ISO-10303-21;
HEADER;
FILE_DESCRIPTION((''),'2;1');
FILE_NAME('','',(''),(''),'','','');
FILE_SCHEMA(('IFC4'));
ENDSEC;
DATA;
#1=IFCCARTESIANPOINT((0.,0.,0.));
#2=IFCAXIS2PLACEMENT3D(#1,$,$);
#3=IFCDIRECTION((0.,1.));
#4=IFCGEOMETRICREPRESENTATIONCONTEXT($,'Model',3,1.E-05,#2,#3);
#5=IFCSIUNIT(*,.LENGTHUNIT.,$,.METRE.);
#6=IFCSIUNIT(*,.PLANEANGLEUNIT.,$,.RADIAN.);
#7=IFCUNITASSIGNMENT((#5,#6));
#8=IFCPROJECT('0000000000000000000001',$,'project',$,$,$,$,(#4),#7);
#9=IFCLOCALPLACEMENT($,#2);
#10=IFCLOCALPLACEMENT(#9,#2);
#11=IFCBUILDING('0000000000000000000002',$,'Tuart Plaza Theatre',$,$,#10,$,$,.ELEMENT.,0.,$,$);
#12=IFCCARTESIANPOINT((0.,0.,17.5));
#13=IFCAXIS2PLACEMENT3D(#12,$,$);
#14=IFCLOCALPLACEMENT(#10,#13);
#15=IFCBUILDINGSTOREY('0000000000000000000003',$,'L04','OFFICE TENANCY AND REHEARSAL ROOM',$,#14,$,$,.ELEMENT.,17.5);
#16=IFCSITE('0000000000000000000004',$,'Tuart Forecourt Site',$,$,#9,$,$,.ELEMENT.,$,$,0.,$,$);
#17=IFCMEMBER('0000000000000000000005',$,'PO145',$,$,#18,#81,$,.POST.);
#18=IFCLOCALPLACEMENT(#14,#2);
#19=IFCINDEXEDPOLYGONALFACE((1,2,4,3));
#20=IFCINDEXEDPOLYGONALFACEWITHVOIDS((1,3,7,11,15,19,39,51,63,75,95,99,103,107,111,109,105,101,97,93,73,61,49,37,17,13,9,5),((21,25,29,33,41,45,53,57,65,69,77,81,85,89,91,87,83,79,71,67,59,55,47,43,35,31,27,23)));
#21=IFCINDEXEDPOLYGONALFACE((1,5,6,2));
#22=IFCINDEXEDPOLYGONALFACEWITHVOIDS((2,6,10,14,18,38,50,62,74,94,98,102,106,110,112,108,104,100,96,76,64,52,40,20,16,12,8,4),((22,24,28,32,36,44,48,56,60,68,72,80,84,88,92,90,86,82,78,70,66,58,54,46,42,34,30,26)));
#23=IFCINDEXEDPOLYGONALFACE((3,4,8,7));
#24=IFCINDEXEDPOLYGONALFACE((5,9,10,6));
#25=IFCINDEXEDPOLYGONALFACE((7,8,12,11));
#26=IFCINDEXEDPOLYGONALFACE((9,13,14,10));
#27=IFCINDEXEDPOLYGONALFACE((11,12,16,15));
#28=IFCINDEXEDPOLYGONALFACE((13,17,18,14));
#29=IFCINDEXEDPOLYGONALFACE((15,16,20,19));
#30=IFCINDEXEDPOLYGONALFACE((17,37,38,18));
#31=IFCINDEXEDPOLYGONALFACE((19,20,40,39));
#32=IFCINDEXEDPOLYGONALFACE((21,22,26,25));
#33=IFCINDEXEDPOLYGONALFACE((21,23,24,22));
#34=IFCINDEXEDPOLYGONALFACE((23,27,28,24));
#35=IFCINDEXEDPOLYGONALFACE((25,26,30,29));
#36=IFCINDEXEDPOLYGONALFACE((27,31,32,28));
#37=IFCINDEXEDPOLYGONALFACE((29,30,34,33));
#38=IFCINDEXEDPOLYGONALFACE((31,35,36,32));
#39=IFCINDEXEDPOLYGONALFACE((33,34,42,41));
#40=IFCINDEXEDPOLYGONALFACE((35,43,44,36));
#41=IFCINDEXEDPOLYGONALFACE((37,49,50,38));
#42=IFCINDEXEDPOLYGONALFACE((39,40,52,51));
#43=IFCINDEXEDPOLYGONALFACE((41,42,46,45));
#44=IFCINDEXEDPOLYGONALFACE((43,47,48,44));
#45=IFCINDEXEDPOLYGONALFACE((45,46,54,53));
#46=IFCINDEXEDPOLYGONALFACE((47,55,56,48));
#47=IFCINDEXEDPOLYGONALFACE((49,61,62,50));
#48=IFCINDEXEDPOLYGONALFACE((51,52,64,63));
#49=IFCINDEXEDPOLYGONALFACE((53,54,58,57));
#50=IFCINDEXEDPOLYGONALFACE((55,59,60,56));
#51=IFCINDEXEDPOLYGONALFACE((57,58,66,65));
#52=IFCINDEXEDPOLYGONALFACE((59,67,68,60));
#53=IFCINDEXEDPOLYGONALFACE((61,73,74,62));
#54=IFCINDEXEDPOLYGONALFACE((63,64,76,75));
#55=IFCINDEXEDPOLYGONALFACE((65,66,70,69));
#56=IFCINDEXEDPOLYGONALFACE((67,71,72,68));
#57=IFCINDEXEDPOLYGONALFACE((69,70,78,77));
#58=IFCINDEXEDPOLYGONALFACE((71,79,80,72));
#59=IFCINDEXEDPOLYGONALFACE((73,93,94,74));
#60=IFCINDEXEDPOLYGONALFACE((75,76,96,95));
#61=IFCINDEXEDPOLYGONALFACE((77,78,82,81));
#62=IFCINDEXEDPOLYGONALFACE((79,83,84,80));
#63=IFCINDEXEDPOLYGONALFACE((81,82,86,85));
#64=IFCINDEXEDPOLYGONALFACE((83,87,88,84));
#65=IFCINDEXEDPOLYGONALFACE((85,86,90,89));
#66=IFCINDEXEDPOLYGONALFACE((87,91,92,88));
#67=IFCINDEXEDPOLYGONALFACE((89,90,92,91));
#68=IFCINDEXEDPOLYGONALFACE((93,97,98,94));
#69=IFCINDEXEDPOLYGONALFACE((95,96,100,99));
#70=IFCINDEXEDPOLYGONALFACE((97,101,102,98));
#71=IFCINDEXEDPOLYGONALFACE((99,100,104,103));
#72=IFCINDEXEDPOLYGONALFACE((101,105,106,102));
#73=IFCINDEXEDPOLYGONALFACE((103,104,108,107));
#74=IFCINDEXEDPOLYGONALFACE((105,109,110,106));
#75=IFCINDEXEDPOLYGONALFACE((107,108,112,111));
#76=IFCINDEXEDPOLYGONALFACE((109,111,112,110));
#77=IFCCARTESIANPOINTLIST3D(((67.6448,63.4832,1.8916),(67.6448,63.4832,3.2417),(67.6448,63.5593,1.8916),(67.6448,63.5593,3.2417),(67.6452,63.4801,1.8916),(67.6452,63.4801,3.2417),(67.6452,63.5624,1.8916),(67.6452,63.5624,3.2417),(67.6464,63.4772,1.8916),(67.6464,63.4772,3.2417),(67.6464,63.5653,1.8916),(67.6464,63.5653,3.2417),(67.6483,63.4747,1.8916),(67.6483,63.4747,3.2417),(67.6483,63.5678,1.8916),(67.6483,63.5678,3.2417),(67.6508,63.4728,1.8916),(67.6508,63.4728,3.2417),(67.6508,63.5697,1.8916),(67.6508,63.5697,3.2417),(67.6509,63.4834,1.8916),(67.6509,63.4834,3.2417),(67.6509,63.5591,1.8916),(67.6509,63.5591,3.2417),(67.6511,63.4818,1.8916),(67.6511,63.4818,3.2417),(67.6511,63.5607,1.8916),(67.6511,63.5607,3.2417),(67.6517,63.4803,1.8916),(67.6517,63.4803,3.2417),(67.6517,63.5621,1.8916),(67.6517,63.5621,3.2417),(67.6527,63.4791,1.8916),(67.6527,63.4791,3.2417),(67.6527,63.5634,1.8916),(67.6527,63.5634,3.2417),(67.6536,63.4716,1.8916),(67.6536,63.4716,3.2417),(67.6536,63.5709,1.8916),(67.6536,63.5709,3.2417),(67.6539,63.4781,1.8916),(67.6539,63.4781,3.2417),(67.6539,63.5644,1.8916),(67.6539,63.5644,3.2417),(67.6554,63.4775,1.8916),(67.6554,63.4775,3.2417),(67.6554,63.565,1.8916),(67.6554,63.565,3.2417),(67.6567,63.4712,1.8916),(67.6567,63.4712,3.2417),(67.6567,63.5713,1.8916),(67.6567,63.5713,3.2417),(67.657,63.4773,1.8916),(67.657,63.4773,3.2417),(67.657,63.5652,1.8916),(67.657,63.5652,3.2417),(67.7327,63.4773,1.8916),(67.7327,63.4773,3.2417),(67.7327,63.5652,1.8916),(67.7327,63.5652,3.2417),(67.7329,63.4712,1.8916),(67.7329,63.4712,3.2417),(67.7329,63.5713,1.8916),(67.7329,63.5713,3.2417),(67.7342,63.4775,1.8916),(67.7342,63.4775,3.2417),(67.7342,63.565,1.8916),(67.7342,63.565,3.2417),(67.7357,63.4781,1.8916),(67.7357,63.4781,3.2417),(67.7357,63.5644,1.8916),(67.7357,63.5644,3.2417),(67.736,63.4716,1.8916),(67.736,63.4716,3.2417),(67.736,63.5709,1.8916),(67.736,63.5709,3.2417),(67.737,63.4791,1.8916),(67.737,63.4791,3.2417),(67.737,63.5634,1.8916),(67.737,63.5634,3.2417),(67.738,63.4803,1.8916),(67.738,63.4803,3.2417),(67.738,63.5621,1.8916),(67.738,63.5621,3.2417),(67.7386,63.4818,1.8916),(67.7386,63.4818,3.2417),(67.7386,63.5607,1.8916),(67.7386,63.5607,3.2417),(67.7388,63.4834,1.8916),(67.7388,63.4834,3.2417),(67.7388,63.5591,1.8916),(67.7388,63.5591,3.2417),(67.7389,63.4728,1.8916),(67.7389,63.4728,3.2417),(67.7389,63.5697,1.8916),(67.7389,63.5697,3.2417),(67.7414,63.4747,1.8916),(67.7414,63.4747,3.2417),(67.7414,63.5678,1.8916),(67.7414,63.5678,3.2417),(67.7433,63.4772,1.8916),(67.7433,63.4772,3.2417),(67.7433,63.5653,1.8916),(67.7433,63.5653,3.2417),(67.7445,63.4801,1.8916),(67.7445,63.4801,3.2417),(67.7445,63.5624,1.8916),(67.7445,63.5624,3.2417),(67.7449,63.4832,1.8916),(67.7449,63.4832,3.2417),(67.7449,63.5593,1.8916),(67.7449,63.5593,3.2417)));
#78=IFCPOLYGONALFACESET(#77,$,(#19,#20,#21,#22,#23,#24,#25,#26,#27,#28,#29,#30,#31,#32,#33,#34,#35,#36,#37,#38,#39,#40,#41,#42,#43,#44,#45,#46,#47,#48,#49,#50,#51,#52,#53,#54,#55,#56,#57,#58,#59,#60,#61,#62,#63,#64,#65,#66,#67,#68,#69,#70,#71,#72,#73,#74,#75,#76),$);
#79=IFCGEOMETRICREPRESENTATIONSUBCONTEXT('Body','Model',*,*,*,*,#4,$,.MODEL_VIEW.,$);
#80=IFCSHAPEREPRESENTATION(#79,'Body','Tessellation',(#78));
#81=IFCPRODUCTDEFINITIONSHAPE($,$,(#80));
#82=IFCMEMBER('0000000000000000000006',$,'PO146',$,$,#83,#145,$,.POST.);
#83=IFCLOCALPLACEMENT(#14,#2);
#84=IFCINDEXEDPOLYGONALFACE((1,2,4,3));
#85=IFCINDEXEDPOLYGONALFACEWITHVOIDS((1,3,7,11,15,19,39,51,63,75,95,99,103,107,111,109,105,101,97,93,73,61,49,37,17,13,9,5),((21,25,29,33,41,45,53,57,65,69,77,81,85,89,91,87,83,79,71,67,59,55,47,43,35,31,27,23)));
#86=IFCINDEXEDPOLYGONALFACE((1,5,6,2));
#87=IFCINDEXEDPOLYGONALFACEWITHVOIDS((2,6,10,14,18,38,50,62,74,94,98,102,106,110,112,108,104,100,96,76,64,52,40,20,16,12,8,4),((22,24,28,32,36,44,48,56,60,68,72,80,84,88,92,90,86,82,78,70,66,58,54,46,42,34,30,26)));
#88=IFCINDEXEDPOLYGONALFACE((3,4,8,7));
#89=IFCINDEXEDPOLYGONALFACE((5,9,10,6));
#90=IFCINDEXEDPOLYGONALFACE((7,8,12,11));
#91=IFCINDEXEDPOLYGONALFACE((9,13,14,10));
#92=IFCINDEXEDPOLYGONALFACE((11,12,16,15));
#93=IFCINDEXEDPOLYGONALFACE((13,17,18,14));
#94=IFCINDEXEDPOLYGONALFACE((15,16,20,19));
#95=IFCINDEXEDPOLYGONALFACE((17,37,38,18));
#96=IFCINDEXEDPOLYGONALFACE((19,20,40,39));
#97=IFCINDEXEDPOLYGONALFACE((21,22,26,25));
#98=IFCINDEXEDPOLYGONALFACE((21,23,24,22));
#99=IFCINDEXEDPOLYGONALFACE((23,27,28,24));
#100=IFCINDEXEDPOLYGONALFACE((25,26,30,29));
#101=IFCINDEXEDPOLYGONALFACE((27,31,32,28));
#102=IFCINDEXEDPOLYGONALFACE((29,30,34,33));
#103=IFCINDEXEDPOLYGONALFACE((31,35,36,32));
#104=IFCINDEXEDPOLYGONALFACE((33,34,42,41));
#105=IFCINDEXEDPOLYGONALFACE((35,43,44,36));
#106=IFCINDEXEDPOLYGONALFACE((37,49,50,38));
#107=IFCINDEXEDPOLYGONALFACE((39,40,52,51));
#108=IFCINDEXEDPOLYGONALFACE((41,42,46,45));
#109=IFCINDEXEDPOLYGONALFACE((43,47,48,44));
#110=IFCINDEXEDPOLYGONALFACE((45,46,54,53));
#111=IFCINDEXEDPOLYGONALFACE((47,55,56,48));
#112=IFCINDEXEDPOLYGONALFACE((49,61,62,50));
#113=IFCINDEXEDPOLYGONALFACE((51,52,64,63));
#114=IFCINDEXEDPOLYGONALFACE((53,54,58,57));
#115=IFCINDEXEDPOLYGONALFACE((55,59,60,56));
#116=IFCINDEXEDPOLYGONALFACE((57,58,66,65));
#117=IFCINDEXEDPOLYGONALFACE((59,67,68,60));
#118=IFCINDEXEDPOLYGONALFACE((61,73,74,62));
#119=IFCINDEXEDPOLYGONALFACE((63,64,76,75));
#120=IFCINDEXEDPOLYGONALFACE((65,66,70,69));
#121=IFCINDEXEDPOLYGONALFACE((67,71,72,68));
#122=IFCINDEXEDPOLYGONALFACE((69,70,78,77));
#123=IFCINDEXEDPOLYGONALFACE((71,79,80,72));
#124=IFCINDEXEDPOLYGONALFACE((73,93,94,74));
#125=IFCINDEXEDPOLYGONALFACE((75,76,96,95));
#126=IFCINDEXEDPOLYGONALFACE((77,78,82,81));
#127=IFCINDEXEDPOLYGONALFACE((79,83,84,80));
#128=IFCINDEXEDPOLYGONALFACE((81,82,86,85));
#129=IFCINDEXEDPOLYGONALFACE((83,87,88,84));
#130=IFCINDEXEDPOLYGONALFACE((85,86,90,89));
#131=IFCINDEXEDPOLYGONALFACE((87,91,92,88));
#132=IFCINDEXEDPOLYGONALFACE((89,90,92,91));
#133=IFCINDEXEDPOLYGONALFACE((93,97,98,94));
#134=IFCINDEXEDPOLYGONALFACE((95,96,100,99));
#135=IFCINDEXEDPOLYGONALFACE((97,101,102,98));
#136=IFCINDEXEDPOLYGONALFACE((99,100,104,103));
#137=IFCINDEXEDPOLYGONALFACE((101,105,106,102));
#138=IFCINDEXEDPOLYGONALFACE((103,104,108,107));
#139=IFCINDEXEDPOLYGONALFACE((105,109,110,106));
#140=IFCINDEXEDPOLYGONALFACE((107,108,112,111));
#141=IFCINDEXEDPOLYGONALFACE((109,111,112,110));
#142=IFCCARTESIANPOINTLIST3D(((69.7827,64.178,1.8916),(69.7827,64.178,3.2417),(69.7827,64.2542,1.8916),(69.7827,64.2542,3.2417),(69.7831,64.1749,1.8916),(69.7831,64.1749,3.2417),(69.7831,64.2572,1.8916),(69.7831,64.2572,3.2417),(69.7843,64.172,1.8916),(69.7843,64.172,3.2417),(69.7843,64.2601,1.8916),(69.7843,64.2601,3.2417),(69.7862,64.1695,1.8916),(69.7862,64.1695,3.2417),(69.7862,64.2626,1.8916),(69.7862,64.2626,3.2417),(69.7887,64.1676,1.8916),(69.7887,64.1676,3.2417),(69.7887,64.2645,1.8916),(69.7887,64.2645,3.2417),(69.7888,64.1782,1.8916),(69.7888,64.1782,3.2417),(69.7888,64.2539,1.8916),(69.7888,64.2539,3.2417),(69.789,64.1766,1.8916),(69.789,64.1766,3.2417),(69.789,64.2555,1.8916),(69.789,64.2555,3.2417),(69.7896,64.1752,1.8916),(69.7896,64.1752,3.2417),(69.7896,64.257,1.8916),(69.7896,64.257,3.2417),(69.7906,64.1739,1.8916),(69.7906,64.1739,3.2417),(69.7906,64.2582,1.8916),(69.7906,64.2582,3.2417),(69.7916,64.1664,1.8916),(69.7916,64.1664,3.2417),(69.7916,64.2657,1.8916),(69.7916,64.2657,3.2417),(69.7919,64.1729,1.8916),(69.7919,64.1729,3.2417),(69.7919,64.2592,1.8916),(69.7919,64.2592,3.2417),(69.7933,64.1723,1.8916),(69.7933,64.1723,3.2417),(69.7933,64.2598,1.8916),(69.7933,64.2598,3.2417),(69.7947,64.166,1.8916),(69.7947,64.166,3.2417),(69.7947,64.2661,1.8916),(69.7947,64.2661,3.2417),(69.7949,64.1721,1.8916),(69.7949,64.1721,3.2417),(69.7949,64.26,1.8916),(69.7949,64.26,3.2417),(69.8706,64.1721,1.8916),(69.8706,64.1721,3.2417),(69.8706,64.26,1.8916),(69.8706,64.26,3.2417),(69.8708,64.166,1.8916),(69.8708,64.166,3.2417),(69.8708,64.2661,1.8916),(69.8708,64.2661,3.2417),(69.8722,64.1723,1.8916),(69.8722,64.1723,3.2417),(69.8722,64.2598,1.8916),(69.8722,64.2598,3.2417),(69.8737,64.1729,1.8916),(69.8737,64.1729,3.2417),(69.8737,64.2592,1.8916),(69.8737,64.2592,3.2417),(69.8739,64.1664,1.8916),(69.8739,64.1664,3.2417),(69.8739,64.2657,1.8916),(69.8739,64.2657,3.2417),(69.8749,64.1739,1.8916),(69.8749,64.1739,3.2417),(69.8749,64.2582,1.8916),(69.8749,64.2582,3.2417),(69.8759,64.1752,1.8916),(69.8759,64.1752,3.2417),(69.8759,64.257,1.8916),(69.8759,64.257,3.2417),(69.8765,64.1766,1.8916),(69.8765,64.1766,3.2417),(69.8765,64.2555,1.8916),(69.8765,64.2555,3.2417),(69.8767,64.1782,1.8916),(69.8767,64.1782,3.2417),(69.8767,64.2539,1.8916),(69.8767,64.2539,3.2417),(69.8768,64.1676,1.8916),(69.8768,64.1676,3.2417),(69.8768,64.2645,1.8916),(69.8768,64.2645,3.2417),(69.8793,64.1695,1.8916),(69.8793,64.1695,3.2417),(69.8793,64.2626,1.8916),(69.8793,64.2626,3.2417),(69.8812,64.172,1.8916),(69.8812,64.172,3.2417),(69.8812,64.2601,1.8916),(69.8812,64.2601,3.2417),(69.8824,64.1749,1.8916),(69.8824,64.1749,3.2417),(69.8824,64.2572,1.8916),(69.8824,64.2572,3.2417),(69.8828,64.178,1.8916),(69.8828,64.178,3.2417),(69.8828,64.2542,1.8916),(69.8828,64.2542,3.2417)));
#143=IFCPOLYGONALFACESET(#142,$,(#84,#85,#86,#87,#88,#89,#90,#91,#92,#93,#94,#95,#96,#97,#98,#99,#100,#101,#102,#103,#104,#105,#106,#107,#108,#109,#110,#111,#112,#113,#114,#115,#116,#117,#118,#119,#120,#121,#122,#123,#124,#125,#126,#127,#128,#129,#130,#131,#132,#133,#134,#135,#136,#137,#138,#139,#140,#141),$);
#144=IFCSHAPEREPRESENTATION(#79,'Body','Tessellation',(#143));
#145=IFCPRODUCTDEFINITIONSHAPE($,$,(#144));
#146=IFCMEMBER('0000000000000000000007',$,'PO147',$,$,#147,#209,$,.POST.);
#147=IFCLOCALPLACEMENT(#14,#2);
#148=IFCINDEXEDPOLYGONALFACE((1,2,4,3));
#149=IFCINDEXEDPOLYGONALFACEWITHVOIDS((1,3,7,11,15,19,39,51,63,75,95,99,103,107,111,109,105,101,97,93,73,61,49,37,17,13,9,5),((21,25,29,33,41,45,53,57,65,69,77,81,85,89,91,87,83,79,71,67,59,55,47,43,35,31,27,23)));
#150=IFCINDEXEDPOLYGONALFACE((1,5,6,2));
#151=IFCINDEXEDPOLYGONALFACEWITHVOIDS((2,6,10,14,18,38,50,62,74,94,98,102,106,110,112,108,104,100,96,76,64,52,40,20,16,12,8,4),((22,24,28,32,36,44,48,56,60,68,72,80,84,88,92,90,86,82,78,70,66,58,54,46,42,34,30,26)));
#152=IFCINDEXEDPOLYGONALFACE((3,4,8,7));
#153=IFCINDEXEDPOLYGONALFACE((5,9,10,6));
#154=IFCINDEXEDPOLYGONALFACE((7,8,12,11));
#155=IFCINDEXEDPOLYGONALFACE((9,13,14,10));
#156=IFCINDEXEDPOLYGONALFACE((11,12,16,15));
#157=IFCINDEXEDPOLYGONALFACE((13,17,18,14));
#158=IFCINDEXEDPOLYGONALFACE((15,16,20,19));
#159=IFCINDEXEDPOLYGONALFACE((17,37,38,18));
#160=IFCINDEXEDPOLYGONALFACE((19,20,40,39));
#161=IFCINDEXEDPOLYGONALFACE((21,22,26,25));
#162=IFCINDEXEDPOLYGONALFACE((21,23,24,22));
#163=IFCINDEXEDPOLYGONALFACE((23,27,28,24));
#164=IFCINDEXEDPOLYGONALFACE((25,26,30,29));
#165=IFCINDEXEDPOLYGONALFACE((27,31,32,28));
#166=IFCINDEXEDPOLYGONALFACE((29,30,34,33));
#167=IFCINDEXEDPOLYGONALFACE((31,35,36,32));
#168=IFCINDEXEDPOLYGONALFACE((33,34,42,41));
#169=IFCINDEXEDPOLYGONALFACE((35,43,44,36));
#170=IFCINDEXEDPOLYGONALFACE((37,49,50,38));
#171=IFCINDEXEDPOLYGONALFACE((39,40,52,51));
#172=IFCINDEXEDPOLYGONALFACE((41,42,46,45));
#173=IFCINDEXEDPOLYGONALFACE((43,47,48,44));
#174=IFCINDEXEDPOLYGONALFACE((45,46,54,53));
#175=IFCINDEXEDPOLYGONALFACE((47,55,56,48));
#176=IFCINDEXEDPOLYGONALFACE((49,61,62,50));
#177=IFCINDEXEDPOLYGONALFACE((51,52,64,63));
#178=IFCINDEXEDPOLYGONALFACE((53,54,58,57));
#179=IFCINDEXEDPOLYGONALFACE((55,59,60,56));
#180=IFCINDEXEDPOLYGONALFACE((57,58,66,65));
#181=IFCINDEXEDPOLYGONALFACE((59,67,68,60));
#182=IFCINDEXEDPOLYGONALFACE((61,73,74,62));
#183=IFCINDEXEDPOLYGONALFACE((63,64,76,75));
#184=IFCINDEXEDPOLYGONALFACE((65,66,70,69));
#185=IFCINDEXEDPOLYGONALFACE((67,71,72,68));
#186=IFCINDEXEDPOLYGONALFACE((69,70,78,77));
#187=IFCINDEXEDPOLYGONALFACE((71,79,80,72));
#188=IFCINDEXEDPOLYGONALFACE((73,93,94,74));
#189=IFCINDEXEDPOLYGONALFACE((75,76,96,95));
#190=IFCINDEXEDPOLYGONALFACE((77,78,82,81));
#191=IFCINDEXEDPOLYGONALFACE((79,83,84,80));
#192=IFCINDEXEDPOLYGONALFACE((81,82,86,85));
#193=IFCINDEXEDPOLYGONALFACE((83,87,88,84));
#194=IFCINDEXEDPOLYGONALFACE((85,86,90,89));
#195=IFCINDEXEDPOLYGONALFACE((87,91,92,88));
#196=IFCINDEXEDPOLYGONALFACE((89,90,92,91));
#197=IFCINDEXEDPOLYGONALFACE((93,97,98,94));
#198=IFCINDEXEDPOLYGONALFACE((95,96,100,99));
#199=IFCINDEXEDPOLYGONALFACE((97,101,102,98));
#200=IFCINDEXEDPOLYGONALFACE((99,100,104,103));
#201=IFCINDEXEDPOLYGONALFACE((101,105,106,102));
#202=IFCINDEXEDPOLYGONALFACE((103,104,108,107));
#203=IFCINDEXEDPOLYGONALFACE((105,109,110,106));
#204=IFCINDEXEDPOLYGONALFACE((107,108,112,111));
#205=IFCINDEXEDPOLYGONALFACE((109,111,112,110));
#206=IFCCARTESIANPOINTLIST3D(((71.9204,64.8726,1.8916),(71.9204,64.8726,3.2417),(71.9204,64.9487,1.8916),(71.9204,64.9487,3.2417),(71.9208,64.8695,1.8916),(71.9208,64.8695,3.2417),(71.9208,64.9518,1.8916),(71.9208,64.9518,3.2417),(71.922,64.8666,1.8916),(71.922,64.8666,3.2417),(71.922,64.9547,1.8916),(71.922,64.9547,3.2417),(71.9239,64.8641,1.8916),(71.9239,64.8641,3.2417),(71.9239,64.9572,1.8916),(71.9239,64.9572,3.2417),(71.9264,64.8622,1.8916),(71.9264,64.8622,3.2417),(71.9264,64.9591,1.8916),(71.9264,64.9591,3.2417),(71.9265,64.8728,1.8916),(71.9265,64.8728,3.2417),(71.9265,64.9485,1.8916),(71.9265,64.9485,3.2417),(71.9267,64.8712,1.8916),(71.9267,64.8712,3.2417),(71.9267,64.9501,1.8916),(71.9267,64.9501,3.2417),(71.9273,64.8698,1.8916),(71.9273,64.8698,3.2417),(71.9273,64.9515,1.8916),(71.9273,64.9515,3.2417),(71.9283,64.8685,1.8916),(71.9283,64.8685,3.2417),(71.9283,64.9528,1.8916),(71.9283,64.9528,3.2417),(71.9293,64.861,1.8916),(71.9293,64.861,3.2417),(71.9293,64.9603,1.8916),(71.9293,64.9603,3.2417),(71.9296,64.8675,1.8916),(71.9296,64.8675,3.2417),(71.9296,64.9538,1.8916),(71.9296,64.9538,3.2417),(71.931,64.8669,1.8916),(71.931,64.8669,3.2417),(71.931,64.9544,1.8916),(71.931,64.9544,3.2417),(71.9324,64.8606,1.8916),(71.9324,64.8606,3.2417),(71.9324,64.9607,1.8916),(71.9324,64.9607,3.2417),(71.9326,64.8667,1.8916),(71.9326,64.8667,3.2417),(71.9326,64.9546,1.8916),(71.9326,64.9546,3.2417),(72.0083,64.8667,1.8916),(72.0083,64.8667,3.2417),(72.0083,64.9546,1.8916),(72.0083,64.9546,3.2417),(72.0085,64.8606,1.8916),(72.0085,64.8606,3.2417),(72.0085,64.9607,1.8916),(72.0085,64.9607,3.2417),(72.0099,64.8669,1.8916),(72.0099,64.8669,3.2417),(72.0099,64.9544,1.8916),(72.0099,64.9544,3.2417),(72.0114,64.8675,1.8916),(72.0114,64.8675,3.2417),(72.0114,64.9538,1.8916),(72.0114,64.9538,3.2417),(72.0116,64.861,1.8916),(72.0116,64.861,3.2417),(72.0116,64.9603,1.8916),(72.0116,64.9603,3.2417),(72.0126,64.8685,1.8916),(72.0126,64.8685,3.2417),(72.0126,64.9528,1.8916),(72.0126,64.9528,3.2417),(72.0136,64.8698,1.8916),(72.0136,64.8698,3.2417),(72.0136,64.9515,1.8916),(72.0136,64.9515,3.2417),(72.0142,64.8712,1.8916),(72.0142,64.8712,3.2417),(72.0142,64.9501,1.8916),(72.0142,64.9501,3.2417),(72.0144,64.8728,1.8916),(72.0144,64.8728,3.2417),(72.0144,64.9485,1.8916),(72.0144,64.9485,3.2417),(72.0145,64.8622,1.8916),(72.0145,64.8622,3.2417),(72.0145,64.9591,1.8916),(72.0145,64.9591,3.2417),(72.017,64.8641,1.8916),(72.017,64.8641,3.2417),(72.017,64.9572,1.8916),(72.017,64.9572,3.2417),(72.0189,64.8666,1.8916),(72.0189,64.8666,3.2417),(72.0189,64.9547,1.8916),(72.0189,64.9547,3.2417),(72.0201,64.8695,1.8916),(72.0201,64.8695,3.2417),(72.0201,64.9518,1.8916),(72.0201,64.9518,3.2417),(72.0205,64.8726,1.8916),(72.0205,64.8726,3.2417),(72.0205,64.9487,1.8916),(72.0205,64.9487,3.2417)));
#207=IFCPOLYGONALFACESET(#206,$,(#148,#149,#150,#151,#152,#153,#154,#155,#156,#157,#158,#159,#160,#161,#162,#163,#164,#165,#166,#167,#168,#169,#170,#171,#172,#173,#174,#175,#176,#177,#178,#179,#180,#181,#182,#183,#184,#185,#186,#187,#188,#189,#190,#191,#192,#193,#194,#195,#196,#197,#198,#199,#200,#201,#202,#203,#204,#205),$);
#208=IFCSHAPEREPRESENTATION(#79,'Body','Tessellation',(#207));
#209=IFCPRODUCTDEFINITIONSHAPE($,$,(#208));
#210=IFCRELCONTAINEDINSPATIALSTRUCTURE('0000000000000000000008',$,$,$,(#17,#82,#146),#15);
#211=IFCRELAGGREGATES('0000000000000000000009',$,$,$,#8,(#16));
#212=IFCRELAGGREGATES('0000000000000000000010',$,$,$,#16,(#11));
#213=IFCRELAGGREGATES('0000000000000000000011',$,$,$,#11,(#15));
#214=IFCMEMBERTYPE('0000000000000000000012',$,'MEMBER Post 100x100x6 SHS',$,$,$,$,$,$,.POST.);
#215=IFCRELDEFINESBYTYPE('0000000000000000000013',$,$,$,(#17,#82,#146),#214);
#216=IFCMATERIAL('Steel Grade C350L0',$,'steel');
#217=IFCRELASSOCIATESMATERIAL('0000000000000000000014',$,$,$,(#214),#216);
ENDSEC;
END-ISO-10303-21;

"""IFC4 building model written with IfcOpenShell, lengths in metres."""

from ifc_helpers import new_model, si_unit, direction, frame, origin, origin_2d, place, context, subcontext, project, spatial, hollow_rectangle, extrude, material, material_profile, profile_set, type_object, element, save


model = new_model("IFC4")

# Units and contexts
model_context = context("Model", 3, precision=1e-05, world=origin(), true_north=direction((0.0, 1.0)))
body_context = subcontext(model_context, "Body", "Model", "MODEL_VIEW")
ifc_project = project(units=[si_unit("LENGTHUNIT", "METRE"), si_unit("PLANEANGLEUNIT", "RADIAN")], contexts=[model_context])

# Site, building, storey
site_placement = place(None, origin())
site = spatial("IfcSite", under=ifc_project, at=site_placement, Name="Tuart Forecourt Site", CompositionType="ELEMENT", RefElevation=0.0)
building_placement = place(site_placement, origin())
building = spatial("IfcBuilding", under=site, at=building_placement, Name="Tuart Plaza Theatre", CompositionType="ELEMENT", ElevationOfRefHeight=0.0)
storey_placement = place(building_placement, frame((0.0, 0.0, 17.5)))
storey = spatial("IfcBuildingStorey", under=building, at=storey_placement, Name="L04", Description="OFFICE TENANCY AND REHEARSAL ROOM", CompositionType="ELEMENT", Elevation=17.5)

# Members
ifc_material_1 = material(Name="Steel Grade C350L0", Category="steel")
ifc_material_profile_1 = material_profile(ifc_material_1, hollow_rectangle(XDim=0.1001, YDim=0.1001, WallThickness=0.0061, InnerFilletRadius=0.0061, OuterFilletRadius=0.012, at=origin_2d()), Name="100x100x6 SHS")
ifc_profile_set_1 = profile_set([ifc_material_profile_1], Name="Steel Grade C350L0")
member_type_1 = type_object("IfcMemberType", Name="MEMBER Post 100x100x6 SHS", PredefinedType="POST", material=ifc_profile_set_1)
for number, where, z_axis, x_axis, name in (
    (1, (67.6948, 63.5212, 1.8916), (0.0, 0.0, 1.0), (1.0, 0.0, 0.0), "PO145"),
    (2, (69.8328, 64.2161, 1.8916), (0.0, 0.0, 1.0), (1.0, 0.0, 0.0), "PO146"),
    (3, (71.9705, 64.9106, 1.8916), (0.0, 0.0, 1.0), (1.0, 0.0, 0.0), "PO147"),
):
    element("IfcMember", number, at=place(storey_placement, frame(where, z_axis=z_axis, x_axis=x_axis)), inside=storey, type_object=member_type_1, Name=name, PredefinedType="POST", context=body_context, shape_type="SweptSolid", body=[
        extrude(hollow_rectangle(XDim=0.1001, YDim=0.1001, WallThickness=0.0061, InnerFilletRadius=0.0061, OuterFilletRadius=0.012, at=origin_2d()), origin(), (0.0, 0.0, 1.0), 1.3501),
    ])

save(model, "model.ifc")
